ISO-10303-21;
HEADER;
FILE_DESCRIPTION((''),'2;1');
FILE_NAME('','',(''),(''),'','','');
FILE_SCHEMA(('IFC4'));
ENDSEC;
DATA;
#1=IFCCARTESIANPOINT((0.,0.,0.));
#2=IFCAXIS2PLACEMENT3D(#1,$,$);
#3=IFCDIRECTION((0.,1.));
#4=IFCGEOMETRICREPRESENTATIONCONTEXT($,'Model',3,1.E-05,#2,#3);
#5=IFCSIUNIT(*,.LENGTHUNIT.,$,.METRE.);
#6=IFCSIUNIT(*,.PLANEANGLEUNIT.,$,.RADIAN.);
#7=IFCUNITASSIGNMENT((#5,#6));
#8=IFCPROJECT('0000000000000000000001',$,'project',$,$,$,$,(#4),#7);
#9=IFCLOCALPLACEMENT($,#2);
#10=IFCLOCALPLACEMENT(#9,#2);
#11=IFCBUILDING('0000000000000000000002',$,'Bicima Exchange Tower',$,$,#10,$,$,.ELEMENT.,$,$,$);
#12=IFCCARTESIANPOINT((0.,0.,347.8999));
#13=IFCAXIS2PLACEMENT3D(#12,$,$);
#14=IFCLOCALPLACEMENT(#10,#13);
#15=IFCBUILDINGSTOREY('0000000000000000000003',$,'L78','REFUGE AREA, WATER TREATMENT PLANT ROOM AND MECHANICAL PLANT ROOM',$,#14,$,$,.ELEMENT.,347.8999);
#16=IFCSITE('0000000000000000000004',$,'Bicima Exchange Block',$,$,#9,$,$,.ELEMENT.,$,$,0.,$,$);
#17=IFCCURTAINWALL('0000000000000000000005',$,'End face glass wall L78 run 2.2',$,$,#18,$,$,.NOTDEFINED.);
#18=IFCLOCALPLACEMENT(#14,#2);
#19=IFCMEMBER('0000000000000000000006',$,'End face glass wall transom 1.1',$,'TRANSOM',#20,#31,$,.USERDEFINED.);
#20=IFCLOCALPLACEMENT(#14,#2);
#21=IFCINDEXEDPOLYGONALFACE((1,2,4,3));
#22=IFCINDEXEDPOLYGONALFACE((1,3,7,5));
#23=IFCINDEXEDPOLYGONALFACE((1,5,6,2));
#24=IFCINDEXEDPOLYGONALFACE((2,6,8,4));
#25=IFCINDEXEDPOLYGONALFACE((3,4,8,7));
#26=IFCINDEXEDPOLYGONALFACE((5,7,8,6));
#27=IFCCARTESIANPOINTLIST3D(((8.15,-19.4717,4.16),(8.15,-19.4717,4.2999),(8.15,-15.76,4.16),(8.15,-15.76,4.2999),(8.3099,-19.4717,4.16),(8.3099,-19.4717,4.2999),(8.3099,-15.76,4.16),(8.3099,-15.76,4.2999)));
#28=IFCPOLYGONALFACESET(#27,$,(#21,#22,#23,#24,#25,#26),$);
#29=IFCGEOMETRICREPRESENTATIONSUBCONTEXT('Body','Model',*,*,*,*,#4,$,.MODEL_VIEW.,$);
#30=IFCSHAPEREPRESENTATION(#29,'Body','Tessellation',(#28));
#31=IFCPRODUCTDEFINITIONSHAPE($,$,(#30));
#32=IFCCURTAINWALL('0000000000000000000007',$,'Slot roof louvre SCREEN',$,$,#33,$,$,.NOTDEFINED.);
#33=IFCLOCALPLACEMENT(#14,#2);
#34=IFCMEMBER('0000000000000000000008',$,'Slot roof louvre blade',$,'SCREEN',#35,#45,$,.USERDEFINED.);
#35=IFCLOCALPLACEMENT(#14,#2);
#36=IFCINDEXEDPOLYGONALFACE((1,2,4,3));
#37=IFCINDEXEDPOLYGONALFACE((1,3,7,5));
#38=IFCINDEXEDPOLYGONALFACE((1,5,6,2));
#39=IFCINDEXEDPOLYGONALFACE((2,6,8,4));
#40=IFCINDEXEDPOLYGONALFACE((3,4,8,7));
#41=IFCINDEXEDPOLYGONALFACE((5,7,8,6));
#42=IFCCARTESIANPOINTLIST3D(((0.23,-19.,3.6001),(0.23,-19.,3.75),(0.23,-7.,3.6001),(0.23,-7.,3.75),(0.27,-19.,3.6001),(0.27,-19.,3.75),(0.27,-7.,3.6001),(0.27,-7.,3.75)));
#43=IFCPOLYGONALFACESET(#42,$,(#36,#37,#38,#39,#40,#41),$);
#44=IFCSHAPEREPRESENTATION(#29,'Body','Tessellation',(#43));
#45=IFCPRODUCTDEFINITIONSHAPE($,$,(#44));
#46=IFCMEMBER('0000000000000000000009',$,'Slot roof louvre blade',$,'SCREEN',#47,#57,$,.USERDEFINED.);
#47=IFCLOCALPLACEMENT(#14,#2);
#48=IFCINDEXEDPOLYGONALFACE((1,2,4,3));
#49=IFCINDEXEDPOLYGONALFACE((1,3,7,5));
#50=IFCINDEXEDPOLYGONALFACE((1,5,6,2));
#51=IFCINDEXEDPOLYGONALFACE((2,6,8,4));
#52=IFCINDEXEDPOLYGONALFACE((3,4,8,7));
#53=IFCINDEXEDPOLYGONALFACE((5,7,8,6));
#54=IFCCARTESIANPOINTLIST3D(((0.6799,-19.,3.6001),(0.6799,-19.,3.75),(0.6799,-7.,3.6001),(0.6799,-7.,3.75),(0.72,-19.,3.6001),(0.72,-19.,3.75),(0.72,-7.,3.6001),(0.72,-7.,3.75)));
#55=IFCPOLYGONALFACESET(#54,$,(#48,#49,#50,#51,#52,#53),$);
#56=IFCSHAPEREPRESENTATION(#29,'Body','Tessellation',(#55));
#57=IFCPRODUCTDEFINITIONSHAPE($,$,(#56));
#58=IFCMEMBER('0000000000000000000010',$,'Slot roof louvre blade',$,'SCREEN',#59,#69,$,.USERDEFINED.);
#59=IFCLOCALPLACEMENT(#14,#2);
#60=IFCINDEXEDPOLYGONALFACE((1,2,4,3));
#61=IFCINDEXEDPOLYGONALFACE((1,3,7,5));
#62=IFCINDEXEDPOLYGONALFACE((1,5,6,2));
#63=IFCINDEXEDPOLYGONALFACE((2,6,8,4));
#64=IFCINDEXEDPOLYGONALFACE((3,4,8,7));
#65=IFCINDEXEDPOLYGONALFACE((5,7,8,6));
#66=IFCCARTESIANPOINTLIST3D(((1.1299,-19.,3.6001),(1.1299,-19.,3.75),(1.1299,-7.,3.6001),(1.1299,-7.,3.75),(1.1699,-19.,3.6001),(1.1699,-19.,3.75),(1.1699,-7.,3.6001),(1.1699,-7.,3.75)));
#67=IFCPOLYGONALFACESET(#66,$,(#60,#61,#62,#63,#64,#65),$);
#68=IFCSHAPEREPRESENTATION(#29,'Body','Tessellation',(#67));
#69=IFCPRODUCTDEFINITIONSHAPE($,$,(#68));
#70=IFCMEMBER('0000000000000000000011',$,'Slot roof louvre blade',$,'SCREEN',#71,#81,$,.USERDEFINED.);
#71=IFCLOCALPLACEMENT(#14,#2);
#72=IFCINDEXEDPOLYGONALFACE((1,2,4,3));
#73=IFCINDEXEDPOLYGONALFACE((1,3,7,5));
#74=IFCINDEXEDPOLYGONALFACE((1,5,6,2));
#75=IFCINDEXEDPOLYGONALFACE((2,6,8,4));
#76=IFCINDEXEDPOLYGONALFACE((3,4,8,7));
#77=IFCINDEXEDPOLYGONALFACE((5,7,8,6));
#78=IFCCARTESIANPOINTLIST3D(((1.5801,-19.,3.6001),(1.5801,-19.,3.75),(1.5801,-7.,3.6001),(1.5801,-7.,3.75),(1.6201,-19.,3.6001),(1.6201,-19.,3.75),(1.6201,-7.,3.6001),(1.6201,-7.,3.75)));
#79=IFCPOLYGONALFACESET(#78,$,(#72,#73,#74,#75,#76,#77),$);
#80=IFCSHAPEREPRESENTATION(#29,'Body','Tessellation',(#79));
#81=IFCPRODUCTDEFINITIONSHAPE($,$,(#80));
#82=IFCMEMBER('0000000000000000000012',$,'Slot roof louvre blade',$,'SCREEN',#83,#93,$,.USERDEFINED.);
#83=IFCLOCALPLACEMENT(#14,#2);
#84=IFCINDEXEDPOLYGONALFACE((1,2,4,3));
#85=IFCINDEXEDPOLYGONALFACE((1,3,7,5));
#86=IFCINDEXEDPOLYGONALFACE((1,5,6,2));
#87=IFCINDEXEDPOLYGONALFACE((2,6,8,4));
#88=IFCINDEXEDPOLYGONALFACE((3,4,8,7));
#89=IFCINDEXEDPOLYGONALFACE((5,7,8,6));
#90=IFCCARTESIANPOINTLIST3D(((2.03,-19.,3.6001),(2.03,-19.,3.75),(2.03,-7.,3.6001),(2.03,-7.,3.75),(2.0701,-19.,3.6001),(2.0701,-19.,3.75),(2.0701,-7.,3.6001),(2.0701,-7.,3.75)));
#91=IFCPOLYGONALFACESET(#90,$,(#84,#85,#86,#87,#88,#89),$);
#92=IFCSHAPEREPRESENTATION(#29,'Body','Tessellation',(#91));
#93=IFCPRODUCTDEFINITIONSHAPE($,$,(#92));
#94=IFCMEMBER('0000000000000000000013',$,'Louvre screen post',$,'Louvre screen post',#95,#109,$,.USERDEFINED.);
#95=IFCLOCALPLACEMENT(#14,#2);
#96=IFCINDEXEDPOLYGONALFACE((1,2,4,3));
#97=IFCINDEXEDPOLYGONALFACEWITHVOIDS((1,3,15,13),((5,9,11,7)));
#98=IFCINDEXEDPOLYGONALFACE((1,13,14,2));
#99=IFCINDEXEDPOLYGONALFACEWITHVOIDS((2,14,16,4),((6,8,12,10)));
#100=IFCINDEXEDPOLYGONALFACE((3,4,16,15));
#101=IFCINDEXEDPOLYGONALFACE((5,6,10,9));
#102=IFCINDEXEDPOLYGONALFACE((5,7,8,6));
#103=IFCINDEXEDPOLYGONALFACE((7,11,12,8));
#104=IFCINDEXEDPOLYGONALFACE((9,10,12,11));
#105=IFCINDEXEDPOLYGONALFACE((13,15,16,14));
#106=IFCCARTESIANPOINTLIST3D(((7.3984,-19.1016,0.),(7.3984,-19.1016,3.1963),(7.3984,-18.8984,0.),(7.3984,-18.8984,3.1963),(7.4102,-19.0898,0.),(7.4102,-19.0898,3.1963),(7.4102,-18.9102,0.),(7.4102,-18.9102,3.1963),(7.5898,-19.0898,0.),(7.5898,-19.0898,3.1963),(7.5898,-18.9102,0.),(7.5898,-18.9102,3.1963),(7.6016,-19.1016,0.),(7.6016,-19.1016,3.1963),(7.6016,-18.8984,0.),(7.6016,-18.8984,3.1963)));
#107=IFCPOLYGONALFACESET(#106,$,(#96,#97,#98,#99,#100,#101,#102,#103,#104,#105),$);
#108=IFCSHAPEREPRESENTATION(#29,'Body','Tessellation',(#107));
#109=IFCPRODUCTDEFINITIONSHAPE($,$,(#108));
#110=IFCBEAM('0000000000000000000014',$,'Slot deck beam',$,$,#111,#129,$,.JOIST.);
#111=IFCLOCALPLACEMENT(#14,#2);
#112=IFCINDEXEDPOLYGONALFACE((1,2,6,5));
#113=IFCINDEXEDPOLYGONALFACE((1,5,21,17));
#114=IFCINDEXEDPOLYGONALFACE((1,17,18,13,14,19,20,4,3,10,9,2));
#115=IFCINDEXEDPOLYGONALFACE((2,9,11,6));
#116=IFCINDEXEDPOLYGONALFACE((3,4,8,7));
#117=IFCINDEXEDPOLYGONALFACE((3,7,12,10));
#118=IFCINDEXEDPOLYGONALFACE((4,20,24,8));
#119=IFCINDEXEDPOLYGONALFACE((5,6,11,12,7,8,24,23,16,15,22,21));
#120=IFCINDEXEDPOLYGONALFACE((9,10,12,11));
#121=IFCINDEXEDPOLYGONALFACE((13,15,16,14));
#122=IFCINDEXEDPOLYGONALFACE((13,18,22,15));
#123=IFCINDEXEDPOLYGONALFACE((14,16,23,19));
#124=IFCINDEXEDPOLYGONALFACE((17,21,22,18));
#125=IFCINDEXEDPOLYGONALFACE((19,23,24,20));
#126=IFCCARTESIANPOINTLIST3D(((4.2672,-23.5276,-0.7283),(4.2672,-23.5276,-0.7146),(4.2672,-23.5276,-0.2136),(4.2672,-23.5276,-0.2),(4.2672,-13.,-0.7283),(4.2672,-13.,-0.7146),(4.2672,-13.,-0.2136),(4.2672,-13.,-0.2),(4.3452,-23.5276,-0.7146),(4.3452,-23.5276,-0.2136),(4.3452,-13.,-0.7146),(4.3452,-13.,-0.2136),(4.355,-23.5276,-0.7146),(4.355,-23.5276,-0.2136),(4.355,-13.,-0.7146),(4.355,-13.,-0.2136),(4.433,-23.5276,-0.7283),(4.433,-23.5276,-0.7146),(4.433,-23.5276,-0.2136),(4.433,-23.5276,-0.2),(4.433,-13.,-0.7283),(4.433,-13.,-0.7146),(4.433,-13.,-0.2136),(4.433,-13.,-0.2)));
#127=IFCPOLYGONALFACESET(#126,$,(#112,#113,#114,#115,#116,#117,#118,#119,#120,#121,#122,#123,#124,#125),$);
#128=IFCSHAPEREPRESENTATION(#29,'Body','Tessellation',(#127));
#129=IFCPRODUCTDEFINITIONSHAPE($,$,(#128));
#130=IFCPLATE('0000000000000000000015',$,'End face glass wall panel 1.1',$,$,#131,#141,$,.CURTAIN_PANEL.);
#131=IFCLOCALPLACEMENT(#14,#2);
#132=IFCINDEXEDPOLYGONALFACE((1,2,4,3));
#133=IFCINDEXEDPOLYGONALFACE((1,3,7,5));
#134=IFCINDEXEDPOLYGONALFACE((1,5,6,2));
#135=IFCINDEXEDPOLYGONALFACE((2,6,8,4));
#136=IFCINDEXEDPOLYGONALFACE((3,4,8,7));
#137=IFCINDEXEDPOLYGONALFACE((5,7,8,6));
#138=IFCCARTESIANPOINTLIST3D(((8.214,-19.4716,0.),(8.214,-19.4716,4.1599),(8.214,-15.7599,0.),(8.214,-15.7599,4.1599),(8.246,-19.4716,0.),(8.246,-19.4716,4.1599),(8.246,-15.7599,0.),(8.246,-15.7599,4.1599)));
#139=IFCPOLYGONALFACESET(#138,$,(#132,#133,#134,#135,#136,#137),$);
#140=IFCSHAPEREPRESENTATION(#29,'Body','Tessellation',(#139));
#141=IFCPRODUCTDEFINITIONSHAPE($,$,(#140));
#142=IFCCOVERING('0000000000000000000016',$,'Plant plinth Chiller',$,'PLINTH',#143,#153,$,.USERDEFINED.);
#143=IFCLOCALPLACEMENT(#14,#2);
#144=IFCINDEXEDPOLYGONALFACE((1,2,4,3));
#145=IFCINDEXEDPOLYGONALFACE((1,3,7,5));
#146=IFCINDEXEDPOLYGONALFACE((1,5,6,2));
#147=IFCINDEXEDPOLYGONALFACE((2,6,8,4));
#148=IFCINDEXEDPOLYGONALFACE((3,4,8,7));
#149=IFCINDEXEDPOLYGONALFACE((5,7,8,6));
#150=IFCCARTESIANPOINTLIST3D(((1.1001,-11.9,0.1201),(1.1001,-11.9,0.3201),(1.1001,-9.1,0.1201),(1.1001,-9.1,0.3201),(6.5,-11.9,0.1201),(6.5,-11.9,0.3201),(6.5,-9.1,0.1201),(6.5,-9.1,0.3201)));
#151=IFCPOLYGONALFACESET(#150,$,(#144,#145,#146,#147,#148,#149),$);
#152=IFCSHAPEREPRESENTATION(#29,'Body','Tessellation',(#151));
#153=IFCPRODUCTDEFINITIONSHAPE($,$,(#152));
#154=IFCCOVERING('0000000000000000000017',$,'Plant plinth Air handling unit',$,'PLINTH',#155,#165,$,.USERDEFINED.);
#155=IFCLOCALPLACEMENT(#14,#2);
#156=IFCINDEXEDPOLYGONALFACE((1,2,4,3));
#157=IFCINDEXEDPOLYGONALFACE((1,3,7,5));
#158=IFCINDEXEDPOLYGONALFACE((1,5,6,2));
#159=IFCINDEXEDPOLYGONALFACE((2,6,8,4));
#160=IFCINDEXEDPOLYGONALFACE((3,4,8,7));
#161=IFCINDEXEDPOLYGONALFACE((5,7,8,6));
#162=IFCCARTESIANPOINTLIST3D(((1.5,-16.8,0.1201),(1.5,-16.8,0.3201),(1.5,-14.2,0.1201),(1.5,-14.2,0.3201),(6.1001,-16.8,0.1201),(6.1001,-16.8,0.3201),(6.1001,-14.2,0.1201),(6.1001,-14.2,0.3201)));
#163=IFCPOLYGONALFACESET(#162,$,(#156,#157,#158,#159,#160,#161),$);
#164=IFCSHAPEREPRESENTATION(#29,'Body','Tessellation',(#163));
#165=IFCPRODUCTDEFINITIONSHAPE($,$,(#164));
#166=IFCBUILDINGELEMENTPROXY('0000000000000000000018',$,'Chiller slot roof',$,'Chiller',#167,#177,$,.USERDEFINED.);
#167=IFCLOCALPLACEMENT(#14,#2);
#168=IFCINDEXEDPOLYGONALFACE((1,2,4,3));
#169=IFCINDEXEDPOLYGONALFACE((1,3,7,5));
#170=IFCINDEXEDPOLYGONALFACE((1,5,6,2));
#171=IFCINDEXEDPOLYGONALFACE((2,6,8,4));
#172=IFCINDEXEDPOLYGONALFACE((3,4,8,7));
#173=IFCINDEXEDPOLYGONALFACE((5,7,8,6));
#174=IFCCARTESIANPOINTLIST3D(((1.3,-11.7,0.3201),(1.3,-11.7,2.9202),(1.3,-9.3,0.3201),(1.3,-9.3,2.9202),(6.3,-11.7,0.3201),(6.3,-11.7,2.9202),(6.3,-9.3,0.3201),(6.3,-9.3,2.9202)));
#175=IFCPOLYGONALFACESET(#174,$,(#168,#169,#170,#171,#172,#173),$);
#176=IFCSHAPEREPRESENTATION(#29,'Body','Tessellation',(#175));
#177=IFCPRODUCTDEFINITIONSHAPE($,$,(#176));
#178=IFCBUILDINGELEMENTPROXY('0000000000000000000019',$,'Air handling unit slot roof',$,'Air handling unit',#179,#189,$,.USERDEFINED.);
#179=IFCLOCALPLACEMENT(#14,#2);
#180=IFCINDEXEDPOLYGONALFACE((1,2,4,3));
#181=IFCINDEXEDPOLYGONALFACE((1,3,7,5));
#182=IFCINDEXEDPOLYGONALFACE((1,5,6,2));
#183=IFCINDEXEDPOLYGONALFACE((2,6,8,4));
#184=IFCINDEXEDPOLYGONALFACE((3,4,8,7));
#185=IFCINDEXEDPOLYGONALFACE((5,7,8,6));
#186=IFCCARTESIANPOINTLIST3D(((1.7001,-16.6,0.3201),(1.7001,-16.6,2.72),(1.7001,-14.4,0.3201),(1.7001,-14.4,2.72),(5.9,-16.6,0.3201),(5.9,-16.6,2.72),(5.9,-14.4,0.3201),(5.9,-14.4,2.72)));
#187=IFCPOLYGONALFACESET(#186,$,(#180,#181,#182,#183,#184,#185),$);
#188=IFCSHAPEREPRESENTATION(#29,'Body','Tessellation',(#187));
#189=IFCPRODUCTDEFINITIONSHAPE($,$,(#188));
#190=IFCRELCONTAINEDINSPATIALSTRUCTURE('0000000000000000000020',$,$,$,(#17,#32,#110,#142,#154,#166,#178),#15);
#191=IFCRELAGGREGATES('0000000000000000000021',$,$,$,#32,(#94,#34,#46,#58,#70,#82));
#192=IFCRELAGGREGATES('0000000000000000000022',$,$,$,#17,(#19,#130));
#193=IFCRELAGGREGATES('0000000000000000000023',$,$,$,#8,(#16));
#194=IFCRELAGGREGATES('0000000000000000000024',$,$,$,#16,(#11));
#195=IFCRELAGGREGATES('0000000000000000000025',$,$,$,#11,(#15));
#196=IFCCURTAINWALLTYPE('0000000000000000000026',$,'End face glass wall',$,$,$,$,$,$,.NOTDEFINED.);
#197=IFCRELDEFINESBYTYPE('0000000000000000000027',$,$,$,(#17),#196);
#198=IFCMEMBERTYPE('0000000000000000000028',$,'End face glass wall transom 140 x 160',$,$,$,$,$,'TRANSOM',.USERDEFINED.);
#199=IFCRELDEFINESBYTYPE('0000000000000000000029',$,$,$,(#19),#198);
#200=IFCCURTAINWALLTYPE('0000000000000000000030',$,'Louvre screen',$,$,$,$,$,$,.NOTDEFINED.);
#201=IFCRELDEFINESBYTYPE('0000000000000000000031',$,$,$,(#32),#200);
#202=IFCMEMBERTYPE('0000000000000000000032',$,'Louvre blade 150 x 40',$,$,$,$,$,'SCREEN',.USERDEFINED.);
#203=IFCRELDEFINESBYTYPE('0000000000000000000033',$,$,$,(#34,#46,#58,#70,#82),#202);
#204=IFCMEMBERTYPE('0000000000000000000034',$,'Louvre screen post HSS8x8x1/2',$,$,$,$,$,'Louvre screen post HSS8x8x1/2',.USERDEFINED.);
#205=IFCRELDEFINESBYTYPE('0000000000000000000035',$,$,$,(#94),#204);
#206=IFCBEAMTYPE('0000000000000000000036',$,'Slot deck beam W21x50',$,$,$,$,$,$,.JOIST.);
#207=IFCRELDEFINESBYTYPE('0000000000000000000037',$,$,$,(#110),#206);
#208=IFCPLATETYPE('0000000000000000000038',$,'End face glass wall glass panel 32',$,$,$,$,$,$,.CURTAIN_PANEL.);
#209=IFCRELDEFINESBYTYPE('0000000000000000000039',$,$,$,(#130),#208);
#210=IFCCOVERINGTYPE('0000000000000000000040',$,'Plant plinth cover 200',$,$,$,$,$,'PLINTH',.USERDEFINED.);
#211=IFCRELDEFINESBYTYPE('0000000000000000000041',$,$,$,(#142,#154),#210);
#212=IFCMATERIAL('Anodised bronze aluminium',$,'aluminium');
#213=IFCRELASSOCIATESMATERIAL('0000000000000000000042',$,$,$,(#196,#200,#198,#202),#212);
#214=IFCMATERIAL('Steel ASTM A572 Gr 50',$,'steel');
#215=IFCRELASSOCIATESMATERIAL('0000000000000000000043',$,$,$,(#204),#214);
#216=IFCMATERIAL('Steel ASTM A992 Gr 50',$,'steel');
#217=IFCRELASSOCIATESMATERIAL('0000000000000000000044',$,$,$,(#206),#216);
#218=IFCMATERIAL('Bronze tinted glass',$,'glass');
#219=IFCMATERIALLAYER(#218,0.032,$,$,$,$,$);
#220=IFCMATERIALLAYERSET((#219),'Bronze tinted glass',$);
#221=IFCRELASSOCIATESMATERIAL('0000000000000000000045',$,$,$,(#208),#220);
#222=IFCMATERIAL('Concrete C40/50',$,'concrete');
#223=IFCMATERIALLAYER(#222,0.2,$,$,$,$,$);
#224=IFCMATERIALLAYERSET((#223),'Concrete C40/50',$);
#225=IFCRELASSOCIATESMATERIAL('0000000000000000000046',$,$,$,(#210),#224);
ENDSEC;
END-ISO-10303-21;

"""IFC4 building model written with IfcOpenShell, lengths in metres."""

from ifc_helpers import new_model, si_unit, direction, frame, origin, origin_2d, place, context, subcontext, project, spatial, rectangle, hollow_rectangle, i_section, extrude, material, layer, layer_set, material_profile, profile_set, type_object, element, aggregate, save


model = new_model("IFC4")

# Units and contexts
model_context = context("Model", 3, precision=1e-05, world=origin(), true_north=direction((0.0, 1.0)))
body_context = subcontext(model_context, "Body", "Model", "MODEL_VIEW")
ifc_project = project(units=[si_unit("LENGTHUNIT", "METRE"), si_unit("PLANEANGLEUNIT", "RADIAN")], contexts=[model_context])

# Site, building, storey
site_placement = place(None, origin())
site = spatial("IfcSite", under=ifc_project, at=site_placement, Name="Bicima Exchange Block", CompositionType="ELEMENT", RefElevation=0.0)
building_placement = place(site_placement, origin())
building = spatial("IfcBuilding", under=site, at=building_placement, Name="Bicima Exchange Tower", CompositionType="ELEMENT")
storey_placement = place(building_placement, frame((0.0, 0.0, 347.8999)))
storey = spatial("IfcBuildingStorey", under=building, at=storey_placement, Name="L78", Description="REFUGE AREA, WATER TREATMENT PLANT ROOM AND MECHANICAL PLANT ROOM", CompositionType="ELEMENT", Elevation=347.8999)

# Curtain wall, member
ifc_material_1 = material(Name="Anodised bronze aluminium", Category="aluminium")
curtain_wall_type_1 = type_object("IfcCurtainWallType", Name="End face glass wall", PredefinedType="NOTDEFINED", material=ifc_material_1)
curtain_wall_1_placement = place(storey_placement, origin())
curtain_wall_1 = element("IfcCurtainWall", 1, at=curtain_wall_1_placement, inside=storey, type_object=curtain_wall_type_1, Name="End face glass wall L78 run 2.2", PredefinedType="NOTDEFINED")
ifc_material_profile_1 = material_profile(ifc_material_1, rectangle(XDim=0.1599, YDim=0.1399, at=origin_2d()))
ifc_profile_set_1 = profile_set([ifc_material_profile_1], Name="Anodised bronze aluminium")
member_type_1 = type_object("IfcMemberType", Name="End face glass wall transom 140 x 160", ElementType="TRANSOM", PredefinedType="USERDEFINED", material=ifc_profile_set_1)
member_1_placement = place(storey_placement, frame((8.23, -15.76, 4.23), z_axis=(0.0, -1.0, 0.0), x_axis=(1.0, 0.0, 0.0)))
member_1 = element("IfcMember", 2, at=member_1_placement, type_object=member_type_1, Name="End face glass wall transom 1.1", ObjectType="TRANSOM", PredefinedType="USERDEFINED", context=body_context, shape_type="SweptSolid", body=[
    extrude(rectangle(XDim=0.1599, YDim=0.1399, at=origin_2d()), origin(), (0.0, 0.0, 1.0), 3.7117),
])

# Curtain wall, members
curtain_wall_type_2 = type_object("IfcCurtainWallType", Name="Louvre screen", PredefinedType="NOTDEFINED", material=ifc_material_1)
curtain_wall_2_placement = place(storey_placement, origin())
curtain_wall_2 = element("IfcCurtainWall", 3, at=curtain_wall_2_placement, inside=storey, type_object=curtain_wall_type_2, Name="Slot roof louvre SCREEN", PredefinedType="NOTDEFINED")
ifc_material_profile_2 = material_profile(ifc_material_1, rectangle(XDim=0.04, YDim=0.1499, at=origin_2d()))
ifc_profile_set_2 = profile_set([ifc_material_profile_2], Name="Anodised bronze aluminium")
member_type_2 = type_object("IfcMemberType", Name="Louvre blade 150 x 40", ElementType="SCREEN", PredefinedType="USERDEFINED", material=ifc_profile_set_2)
member_2_placement = place(storey_placement, frame((0.25, -7.0, 3.675), z_axis=(0.0, -1.0, 0.0), x_axis=(1.0, 0.0, 0.0)))
member_2 = element("IfcMember", 4, at=member_2_placement, type_object=member_type_2, Name="Slot roof louvre blade", ObjectType="SCREEN", PredefinedType="USERDEFINED", context=body_context, shape_type="SweptSolid", body=[
    extrude(rectangle(XDim=0.04, YDim=0.1499, at=origin_2d()), origin(), (0.0, 0.0, 1.0), 12.0),
])
member_3_placement = place(storey_placement, frame((0.7, -7.0, 3.675), z_axis=(0.0, -1.0, 0.0), x_axis=(1.0, 0.0, 0.0)))
member_3 = element("IfcMember", 5, at=member_3_placement, type_object=member_type_2, Name="Slot roof louvre blade", ObjectType="SCREEN", PredefinedType="USERDEFINED", context=body_context, shape_type="SweptSolid", body=[
    extrude(rectangle(XDim=0.04, YDim=0.1499, at=origin_2d()), origin(), (0.0, 0.0, 1.0), 12.0),
])
member_4_placement = place(storey_placement, frame((1.1499, -7.0, 3.675), z_axis=(0.0, -1.0, 0.0), x_axis=(1.0, 0.0, 0.0)))
member_4 = element("IfcMember", 6, at=member_4_placement, type_object=member_type_2, Name="Slot roof louvre blade", ObjectType="SCREEN", PredefinedType="USERDEFINED", context=body_context, shape_type="SweptSolid", body=[
    extrude(rectangle(XDim=0.04, YDim=0.1499, at=origin_2d()), origin(), (0.0, 0.0, 1.0), 12.0),
])
member_5_placement = place(storey_placement, frame((1.6001, -7.0, 3.675), z_axis=(0.0, -1.0, 0.0), x_axis=(1.0, 0.0, 0.0)))
member_5 = element("IfcMember", 7, at=member_5_placement, type_object=member_type_2, Name="Slot roof louvre blade", ObjectType="SCREEN", PredefinedType="USERDEFINED", context=body_context, shape_type="SweptSolid", body=[
    extrude(rectangle(XDim=0.04, YDim=0.1499, at=origin_2d()), origin(), (0.0, 0.0, 1.0), 12.0),
])
member_6_placement = place(storey_placement, frame((2.05, -7.0, 3.675), z_axis=(0.0, -1.0, 0.0), x_axis=(1.0, 0.0, 0.0)))
member_6 = element("IfcMember", 8, at=member_6_placement, type_object=member_type_2, Name="Slot roof louvre blade", ObjectType="SCREEN", PredefinedType="USERDEFINED", context=body_context, shape_type="SweptSolid", body=[
    extrude(rectangle(XDim=0.04, YDim=0.1499, at=origin_2d()), origin(), (0.0, 0.0, 1.0), 12.0),
])
ifc_material_2 = material(Name="Steel ASTM A572 Gr 50", Category="steel")
ifc_material_profile_3 = material_profile(ifc_material_2, hollow_rectangle(XDim=0.2031, YDim=0.2031, WallThickness=0.0117, at=origin_2d()))
ifc_profile_set_3 = profile_set([ifc_material_profile_3], Name="Steel ASTM A572 Gr 50")
member_type_3 = type_object("IfcMemberType", Name="Louvre screen post HSS8x8x1/2", ElementType="Louvre screen post HSS8x8x1/2", PredefinedType="USERDEFINED", material=ifc_profile_set_3)
member_7_placement = place(storey_placement, frame((7.5, -19.0, 0.0), z_axis=(0.0, 0.0, 1.0), x_axis=(1.0, 0.0, 0.0)))
member_7 = element("IfcMember", 9, at=member_7_placement, type_object=member_type_3, Name="Louvre screen post", ObjectType="Louvre screen post", PredefinedType="USERDEFINED", context=body_context, shape_type="SweptSolid", body=[
    extrude(hollow_rectangle(XDim=0.2031, YDim=0.2031, WallThickness=0.0117, at=origin_2d()), origin(), (0.0, 0.0, 1.0), 3.1963),
])
aggregate(curtain_wall_2, [member_7, member_2, member_3, member_4, member_5, member_6])

# Beam
ifc_material_3 = material(Name="Steel ASTM A992 Gr 50", Category="steel")
ifc_material_profile_4 = material_profile(ifc_material_3, i_section(OverallWidth=0.1658, OverallDepth=0.5283, WebThickness=0.0098, FlangeThickness=0.0137, at=origin_2d()))
ifc_profile_set_4 = profile_set([ifc_material_profile_4], Name="Steel ASTM A992 Gr 50")
beam_type = type_object("IfcBeamType", Name="Slot deck beam W21x50", PredefinedType="JOIST", material=ifc_profile_set_4)
beam_placement = place(storey_placement, frame((4.3501, -13.0, -0.4641), z_axis=(0.0, -1.0, 0.0), x_axis=(1.0, 0.0, 0.0)))
element("IfcBeam", 10, at=beam_placement, inside=storey, type_object=beam_type, Name="Slot deck beam", PredefinedType="JOIST", context=body_context, shape_type="SweptSolid", body=[
    extrude(i_section(OverallWidth=0.1658, OverallDepth=0.5283, WebThickness=0.0098, FlangeThickness=0.0137, at=origin_2d()), origin(), (0.0, 0.0, 1.0), 10.5276),
])

# Plate
ifc_material_4 = material(Name="Bronze tinted glass", Category="glass")
ifc_layer_1 = layer(ifc_material_4, 0.032)
ifc_layer_set_1 = layer_set([ifc_layer_1], Name="Bronze tinted glass")
plate_type = type_object("IfcPlateType", Name="End face glass wall glass panel 32", PredefinedType="CURTAIN_PANEL", material=ifc_layer_set_1)
plate_placement = place(storey_placement, frame((8.23, -17.6157, 0.0), z_axis=(0.0, 0.0, 1.0), x_axis=(0.0, -1.0, 0.0)))
plate = element("IfcPlate", 11, at=plate_placement, type_object=plate_type, Name="End face glass wall panel 1.1", PredefinedType="CURTAIN_PANEL", context=body_context, shape_type="SweptSolid", body=[
    extrude(rectangle(XDim=3.7117, YDim=0.032, at=origin_2d()), origin(), (0.0, 0.0, 1.0), 4.1599),
])
aggregate(curtain_wall_1, [member_1, plate])

# Coverings
ifc_material_5 = material(Name="Concrete C40/50", Category="concrete")
ifc_layer_2 = layer(ifc_material_5, 0.2)
ifc_layer_set_2 = layer_set([ifc_layer_2], Name="Concrete C40/50")
covering_type = type_object("IfcCoveringType", Name="Plant plinth cover 200", ElementType="PLINTH", PredefinedType="USERDEFINED", material=ifc_layer_set_2)
covering_1_placement = place(storey_placement, frame((3.8, -10.5, 0.1201), z_axis=(0.0, 0.0, 1.0), x_axis=(1.0, 0.0, 0.0)))
element("IfcCovering", 12, at=covering_1_placement, inside=storey, type_object=covering_type, Name="Plant plinth Chiller", ObjectType="PLINTH", PredefinedType="USERDEFINED", context=body_context, shape_type="SweptSolid", body=[
    extrude(rectangle(XDim=5.3999, YDim=2.8, at=origin_2d()), origin(), (0.0, 0.0, 1.0), 0.2),
])
covering_2_placement = place(storey_placement, frame((3.8, -15.5, 0.1201), z_axis=(0.0, 0.0, 1.0), x_axis=(1.0, 0.0, 0.0)))
element("IfcCovering", 13, at=covering_2_placement, inside=storey, type_object=covering_type, Name="Plant plinth Air handling unit", ObjectType="PLINTH", PredefinedType="USERDEFINED", context=body_context, shape_type="SweptSolid", body=[
    extrude(rectangle(XDim=4.6001, YDim=2.6001, at=origin_2d()), origin(), (0.0, 0.0, 1.0), 0.2),
])

# Building element proxies
proxy_1_placement = place(storey_placement, frame((3.8, -10.5, 0.3201), z_axis=(0.0, 0.0, 1.0), x_axis=(1.0, 0.0, 0.0)))
element("IfcBuildingElementProxy", 14, at=proxy_1_placement, inside=storey, Name="Chiller slot roof", ObjectType="Chiller", PredefinedType="USERDEFINED", context=body_context, shape_type="SweptSolid", body=[
    extrude(rectangle(XDim=5.0, YDim=2.3999, at=origin_2d()), origin(), (0.0, 0.0, 1.0), 2.6001),
])
proxy_2_placement = place(storey_placement, frame((3.8, -15.5, 0.3201), z_axis=(0.0, 0.0, 1.0), x_axis=(1.0, 0.0, 0.0)))
element("IfcBuildingElementProxy", 15, at=proxy_2_placement, inside=storey, Name="Air handling unit slot roof", ObjectType="Air handling unit", PredefinedType="USERDEFINED", context=body_context, shape_type="SweptSolid", body=[
    extrude(rectangle(XDim=4.2, YDim=2.2, at=origin_2d()), origin(), (0.0, 0.0, 1.0), 2.3999),
])

save(model, "model.ifc")
